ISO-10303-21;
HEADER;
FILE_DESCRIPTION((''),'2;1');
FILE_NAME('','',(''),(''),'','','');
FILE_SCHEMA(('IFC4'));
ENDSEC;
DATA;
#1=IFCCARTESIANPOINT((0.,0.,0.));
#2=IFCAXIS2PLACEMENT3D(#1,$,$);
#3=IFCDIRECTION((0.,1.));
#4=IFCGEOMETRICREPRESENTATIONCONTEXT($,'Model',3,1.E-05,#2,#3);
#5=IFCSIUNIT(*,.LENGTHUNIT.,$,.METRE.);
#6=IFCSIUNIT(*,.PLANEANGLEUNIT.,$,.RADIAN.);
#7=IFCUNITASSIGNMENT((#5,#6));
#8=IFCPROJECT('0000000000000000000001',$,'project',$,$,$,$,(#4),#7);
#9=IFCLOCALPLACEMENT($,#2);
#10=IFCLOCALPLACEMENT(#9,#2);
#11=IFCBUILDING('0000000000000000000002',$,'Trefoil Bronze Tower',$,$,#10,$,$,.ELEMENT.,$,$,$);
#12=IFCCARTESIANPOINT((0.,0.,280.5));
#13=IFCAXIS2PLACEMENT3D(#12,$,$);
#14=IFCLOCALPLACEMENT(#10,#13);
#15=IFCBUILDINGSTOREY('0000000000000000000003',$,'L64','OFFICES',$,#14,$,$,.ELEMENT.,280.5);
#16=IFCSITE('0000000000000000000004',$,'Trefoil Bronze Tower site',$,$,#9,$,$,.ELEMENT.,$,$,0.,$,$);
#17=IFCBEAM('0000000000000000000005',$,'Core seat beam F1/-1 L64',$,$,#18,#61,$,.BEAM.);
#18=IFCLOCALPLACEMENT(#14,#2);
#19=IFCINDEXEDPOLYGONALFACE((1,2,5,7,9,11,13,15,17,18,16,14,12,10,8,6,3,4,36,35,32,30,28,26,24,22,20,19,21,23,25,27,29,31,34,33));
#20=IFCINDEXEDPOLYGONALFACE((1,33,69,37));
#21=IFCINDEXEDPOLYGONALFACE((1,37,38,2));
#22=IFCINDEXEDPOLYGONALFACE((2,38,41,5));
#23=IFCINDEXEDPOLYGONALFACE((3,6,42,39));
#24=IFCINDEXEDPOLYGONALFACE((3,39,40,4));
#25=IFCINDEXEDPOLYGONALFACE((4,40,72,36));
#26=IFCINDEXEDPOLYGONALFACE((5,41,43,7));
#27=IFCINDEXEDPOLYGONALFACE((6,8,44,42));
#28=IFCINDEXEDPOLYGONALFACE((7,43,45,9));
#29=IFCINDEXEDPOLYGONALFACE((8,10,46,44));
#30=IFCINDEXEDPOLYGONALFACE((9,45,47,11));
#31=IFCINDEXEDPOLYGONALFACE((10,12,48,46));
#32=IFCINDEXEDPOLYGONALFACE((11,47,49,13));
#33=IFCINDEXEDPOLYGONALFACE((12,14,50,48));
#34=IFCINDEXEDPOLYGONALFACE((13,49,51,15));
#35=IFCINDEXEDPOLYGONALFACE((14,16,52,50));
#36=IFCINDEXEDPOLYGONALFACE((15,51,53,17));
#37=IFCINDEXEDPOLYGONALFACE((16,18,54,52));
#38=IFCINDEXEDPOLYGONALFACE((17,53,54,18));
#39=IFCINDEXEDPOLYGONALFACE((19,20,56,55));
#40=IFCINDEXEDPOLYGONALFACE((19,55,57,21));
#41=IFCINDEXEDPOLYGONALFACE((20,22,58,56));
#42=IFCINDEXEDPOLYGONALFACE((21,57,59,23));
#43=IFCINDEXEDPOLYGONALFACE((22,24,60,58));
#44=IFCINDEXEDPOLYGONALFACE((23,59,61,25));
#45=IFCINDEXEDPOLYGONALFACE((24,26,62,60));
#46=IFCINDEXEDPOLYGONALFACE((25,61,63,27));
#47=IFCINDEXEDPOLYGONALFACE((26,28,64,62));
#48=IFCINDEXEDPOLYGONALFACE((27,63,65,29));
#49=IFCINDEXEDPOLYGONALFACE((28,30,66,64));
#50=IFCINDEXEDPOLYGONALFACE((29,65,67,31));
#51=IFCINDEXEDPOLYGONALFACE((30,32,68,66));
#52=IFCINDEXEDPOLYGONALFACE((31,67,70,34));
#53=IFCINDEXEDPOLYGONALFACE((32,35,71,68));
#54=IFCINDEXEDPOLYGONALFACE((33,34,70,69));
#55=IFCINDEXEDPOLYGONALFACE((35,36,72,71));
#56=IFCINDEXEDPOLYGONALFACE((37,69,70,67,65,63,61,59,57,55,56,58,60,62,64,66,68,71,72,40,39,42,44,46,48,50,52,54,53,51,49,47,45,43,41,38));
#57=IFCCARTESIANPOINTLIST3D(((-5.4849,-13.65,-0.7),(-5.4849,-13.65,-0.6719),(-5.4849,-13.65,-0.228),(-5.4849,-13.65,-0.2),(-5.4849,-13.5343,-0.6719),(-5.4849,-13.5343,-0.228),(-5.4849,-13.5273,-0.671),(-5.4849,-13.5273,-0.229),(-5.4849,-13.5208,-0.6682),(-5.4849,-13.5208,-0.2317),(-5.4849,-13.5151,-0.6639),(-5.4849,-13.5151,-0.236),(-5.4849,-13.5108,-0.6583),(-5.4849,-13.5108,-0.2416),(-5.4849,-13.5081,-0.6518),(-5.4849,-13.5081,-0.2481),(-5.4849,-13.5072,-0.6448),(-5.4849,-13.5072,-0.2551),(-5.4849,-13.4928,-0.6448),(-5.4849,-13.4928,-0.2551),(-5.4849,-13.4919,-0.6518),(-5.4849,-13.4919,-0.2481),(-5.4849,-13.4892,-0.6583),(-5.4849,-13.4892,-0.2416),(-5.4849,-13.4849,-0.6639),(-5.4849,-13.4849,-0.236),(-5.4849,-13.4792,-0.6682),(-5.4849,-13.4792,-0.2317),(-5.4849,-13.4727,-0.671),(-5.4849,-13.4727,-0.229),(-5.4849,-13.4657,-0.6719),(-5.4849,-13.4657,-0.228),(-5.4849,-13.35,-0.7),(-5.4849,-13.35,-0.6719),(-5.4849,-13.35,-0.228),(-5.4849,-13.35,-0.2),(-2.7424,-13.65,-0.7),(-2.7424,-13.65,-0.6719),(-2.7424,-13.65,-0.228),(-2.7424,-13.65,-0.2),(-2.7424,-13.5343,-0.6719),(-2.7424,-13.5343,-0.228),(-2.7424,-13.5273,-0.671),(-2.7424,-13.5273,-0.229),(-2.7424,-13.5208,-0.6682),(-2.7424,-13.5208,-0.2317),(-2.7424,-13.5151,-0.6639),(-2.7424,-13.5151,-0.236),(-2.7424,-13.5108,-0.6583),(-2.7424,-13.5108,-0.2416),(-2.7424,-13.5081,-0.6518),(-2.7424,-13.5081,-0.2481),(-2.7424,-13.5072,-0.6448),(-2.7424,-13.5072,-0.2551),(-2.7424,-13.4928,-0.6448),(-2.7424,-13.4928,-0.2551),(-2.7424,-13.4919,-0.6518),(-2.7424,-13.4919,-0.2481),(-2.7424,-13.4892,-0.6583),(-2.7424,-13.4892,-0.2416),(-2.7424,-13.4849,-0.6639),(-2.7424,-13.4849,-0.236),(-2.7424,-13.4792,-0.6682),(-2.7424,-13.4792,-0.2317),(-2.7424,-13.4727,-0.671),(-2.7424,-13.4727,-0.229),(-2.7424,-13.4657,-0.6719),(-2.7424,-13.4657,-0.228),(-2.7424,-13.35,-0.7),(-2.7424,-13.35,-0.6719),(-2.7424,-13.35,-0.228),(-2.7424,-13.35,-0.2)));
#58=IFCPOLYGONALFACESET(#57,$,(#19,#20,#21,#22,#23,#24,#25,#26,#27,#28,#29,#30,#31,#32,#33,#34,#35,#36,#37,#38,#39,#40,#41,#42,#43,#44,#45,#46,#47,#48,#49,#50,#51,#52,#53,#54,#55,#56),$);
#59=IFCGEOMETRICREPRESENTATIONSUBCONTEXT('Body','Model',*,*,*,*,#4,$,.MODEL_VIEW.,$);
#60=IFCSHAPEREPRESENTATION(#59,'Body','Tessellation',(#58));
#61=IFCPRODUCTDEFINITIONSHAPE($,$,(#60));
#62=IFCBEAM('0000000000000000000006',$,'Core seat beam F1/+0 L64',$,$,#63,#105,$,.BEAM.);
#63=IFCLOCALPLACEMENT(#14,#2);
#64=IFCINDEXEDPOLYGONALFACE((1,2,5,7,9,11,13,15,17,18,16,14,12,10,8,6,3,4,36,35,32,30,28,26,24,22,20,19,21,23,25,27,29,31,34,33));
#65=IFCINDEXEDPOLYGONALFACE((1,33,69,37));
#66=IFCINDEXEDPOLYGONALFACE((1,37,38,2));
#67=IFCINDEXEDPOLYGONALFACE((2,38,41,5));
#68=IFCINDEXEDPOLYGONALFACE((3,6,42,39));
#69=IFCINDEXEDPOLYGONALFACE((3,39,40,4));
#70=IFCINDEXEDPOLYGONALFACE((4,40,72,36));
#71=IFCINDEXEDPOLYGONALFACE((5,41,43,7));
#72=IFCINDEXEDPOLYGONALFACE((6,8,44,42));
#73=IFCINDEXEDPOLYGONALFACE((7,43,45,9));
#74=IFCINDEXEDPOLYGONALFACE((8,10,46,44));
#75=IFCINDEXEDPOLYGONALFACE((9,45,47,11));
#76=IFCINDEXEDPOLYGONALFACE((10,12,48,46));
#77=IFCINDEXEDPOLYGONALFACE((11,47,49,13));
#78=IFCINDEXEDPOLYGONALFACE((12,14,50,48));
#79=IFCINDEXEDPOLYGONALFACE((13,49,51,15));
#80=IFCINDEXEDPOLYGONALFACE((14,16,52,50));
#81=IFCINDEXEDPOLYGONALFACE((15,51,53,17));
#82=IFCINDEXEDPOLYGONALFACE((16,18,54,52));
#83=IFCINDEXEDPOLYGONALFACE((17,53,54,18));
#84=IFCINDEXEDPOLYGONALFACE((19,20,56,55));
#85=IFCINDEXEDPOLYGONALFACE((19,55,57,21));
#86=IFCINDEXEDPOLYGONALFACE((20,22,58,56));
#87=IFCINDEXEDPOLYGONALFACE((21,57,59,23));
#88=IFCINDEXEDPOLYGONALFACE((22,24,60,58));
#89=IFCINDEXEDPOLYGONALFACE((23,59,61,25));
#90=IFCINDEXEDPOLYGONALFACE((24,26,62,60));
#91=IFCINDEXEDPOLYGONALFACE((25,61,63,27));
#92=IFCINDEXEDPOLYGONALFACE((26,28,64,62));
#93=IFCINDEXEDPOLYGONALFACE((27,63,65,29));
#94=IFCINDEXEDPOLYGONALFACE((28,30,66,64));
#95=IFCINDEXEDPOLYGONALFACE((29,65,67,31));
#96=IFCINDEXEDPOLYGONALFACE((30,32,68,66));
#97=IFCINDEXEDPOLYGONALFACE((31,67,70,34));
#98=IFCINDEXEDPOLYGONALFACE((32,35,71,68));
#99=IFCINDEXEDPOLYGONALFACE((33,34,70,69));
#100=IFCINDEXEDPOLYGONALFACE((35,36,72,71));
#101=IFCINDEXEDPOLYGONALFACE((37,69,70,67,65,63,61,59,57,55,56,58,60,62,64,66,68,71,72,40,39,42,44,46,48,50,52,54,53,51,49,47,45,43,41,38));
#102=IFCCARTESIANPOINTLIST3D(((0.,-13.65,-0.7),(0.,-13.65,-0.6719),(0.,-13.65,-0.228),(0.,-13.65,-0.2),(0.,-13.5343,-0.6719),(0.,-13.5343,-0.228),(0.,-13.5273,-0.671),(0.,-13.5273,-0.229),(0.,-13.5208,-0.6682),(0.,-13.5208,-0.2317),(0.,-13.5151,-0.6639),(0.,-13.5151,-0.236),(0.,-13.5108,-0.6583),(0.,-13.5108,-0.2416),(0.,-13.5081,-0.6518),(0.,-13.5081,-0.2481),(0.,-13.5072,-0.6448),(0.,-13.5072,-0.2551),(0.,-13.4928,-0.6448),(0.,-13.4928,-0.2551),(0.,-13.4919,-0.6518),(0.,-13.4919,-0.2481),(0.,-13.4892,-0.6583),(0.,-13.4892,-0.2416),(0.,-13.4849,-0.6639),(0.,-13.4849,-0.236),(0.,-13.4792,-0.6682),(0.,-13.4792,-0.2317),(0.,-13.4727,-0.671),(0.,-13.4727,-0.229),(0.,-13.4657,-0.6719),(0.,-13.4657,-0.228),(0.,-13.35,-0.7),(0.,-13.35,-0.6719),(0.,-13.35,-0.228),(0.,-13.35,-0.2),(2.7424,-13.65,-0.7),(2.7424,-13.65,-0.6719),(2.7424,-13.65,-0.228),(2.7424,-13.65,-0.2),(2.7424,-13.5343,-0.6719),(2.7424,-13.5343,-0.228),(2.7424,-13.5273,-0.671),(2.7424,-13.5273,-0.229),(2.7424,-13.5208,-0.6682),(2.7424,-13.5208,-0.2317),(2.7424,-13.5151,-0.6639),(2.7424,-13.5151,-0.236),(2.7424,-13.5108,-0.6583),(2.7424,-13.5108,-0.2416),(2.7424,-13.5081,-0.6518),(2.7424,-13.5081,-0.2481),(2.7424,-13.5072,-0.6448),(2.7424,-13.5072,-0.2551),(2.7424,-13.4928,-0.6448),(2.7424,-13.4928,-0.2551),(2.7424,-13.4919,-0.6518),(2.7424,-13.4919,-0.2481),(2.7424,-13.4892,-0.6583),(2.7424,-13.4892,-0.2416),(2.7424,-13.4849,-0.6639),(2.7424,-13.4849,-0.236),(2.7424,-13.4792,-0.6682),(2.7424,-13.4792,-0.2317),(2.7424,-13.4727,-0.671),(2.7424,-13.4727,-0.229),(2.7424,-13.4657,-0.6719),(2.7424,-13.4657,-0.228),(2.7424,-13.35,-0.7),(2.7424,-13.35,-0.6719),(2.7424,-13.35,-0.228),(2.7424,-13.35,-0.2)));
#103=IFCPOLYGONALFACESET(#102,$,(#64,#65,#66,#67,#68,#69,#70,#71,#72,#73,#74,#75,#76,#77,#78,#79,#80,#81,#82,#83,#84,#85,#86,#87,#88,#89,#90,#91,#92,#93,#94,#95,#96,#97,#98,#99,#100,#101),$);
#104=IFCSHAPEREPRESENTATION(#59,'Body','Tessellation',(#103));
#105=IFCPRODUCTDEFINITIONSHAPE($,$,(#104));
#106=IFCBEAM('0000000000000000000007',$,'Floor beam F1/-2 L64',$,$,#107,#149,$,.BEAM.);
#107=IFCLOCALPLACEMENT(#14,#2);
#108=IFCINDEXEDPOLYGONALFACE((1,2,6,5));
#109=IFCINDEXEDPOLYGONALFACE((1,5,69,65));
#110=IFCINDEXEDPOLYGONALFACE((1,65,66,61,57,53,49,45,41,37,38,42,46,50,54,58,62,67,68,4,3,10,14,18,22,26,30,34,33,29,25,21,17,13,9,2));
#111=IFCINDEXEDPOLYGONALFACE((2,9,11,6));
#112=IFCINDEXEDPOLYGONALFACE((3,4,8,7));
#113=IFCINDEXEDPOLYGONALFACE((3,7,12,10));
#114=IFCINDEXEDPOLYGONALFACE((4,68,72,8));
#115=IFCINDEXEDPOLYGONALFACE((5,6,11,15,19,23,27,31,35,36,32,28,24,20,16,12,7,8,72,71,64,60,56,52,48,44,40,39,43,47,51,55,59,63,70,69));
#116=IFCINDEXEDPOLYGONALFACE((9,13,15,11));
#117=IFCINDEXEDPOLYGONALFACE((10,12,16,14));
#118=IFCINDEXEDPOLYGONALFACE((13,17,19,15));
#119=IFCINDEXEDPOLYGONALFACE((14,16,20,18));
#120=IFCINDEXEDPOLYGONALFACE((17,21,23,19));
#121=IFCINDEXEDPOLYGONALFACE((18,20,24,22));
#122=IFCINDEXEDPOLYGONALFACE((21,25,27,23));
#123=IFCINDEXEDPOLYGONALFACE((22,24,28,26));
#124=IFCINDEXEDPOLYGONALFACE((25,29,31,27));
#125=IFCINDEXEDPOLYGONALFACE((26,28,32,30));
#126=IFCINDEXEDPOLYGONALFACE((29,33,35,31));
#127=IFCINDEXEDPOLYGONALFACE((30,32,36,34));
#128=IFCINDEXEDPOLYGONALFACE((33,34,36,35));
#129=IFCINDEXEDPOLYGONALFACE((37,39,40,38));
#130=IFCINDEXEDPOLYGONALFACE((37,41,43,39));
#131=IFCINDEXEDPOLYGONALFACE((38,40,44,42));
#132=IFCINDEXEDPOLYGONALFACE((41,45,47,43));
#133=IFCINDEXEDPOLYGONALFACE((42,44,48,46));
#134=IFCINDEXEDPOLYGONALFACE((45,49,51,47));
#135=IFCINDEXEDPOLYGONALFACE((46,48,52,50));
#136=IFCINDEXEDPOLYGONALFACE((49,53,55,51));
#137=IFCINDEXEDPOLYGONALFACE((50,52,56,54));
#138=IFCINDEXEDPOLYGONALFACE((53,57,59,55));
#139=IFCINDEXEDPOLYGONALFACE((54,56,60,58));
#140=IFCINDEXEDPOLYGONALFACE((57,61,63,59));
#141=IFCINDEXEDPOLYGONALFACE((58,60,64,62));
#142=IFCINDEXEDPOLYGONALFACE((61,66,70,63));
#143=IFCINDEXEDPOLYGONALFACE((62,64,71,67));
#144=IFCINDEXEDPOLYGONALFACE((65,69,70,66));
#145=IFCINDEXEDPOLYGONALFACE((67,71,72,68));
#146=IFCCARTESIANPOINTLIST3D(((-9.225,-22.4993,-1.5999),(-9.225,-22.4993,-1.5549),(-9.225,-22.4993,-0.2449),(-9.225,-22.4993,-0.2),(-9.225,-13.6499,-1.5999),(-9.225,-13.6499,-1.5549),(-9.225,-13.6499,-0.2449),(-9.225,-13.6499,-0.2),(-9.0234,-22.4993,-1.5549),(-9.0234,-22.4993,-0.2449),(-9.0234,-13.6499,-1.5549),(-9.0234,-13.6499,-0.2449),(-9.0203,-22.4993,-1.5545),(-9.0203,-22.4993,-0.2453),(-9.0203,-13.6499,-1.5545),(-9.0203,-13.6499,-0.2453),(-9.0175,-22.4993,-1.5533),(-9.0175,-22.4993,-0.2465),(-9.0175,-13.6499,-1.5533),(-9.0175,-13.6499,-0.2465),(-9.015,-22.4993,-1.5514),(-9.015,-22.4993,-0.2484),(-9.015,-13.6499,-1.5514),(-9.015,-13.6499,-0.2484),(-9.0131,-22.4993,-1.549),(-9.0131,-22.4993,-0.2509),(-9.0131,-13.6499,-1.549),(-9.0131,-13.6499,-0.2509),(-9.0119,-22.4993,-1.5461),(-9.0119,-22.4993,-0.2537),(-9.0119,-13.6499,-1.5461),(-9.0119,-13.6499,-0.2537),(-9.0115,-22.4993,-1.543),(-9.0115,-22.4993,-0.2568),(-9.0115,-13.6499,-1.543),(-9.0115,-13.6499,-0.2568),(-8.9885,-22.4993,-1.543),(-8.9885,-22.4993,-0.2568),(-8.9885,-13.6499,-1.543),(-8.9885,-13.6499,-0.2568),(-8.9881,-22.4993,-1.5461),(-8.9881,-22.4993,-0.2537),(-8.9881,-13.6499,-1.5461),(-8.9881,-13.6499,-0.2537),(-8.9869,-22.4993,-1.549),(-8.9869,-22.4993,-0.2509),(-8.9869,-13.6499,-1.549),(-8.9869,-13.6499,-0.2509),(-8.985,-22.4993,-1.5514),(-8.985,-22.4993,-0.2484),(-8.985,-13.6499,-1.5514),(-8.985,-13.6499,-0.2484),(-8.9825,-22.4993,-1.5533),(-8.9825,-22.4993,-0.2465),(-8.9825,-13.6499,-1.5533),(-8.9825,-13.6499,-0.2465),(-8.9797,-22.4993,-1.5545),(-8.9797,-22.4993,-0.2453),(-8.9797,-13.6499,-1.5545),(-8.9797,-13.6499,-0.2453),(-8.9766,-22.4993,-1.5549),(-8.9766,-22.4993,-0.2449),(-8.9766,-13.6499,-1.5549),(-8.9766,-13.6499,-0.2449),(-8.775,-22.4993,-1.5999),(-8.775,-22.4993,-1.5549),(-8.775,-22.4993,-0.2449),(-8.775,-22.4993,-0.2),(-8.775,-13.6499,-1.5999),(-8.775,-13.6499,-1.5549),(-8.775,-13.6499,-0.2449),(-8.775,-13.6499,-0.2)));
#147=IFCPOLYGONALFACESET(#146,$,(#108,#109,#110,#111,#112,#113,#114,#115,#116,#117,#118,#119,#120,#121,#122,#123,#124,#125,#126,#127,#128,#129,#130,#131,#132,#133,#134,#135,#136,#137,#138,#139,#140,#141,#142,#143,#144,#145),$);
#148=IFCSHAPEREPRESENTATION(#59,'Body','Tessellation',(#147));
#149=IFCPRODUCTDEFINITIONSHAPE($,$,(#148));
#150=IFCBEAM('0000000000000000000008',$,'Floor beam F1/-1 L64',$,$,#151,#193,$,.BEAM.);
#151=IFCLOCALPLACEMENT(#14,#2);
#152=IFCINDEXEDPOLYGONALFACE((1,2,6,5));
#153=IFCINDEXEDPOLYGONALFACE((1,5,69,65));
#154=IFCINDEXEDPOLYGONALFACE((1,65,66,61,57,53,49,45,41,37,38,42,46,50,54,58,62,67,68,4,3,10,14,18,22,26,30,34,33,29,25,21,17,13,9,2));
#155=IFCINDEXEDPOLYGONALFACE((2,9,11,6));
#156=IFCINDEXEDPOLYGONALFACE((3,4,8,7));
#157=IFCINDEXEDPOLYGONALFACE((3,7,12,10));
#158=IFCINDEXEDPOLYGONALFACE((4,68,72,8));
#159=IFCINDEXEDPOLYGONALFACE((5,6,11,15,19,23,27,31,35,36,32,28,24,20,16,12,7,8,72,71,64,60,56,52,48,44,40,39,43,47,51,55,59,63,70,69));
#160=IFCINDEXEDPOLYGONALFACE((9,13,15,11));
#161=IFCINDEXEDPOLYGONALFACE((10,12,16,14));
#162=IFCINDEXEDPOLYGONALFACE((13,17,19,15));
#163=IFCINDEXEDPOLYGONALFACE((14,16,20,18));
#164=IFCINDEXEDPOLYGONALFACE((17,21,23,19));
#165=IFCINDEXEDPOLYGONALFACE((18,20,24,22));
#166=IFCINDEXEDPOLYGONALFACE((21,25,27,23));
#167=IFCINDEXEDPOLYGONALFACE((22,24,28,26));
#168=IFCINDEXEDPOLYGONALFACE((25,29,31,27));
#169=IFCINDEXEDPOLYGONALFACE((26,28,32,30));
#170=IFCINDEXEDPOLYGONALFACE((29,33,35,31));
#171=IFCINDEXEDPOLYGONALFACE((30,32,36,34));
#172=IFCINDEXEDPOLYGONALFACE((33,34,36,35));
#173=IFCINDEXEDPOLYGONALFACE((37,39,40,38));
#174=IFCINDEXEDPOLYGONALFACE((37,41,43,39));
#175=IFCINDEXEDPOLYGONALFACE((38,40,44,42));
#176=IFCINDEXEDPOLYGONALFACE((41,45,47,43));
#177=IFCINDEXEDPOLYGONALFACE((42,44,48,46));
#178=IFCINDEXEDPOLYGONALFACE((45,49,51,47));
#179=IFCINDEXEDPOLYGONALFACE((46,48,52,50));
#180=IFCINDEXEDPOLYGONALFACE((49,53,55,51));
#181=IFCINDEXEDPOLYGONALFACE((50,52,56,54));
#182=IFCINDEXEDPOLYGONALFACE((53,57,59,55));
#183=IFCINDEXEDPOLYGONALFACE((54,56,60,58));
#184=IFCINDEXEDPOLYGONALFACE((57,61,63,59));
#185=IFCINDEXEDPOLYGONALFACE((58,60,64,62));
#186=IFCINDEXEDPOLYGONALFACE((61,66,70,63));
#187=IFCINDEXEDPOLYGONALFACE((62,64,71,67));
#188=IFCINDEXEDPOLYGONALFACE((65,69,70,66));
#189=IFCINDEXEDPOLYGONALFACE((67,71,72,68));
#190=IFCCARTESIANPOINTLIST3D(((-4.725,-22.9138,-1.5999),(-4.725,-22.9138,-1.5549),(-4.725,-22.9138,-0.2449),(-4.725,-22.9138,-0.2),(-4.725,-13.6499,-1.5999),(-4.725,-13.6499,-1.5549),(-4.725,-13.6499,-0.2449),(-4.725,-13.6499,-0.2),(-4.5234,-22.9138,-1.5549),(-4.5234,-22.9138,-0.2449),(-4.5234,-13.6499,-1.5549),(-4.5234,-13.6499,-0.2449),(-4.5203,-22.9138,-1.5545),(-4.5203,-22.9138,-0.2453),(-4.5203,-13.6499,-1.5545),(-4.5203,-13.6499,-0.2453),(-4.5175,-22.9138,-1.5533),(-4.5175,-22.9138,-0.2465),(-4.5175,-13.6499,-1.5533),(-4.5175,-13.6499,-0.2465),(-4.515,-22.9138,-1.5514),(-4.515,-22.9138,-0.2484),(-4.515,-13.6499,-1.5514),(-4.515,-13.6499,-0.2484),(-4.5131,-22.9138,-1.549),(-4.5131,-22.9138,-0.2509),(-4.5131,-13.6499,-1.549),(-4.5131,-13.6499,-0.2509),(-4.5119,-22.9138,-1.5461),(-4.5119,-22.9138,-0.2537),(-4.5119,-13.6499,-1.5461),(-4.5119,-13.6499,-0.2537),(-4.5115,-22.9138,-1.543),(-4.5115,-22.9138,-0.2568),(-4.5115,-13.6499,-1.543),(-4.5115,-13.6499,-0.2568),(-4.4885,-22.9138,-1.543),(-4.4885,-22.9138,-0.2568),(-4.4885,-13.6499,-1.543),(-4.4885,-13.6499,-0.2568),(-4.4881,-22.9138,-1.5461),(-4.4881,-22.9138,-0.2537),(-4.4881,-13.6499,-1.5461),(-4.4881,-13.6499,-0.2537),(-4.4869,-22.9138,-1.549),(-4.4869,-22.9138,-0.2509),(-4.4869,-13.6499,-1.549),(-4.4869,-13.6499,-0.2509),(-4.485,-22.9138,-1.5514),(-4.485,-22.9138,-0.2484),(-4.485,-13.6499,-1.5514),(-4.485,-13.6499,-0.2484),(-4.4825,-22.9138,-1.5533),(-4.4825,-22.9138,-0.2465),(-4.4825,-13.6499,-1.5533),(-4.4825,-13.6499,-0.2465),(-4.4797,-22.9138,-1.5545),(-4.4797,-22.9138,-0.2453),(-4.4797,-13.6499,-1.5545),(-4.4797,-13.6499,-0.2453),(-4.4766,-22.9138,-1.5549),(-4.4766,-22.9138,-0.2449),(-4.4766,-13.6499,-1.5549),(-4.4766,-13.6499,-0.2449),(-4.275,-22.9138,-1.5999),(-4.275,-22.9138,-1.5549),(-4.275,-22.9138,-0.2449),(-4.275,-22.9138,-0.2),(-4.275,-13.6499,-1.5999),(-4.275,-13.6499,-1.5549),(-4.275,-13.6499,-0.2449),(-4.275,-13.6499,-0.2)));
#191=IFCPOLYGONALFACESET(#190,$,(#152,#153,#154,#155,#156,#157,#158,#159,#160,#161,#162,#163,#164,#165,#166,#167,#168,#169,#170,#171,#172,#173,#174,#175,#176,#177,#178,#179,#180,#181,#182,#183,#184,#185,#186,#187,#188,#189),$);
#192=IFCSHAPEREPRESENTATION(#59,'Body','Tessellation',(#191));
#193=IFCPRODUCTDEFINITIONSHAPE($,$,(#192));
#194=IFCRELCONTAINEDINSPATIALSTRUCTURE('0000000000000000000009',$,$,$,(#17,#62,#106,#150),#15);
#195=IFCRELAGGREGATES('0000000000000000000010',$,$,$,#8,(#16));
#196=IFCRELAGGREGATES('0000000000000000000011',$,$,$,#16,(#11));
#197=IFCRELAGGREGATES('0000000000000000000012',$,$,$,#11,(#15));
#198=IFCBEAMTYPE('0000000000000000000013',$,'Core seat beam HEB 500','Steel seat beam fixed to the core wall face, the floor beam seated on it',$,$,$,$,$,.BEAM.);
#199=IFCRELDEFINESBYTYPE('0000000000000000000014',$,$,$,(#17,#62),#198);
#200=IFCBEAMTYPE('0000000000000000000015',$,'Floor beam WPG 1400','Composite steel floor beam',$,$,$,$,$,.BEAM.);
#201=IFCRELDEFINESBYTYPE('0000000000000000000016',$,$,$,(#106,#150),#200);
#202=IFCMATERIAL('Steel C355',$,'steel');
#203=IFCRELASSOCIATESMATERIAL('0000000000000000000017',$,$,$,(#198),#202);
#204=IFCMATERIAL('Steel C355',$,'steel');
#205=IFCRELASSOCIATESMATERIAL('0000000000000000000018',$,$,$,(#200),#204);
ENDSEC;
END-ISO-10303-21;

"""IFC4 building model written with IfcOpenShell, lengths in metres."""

from ifc_helpers import new_model, si_unit, direction, frame, origin, origin_2d, place, context, subcontext, project, spatial, i_section, extrude, material, material_profile, profile_set, type_object, element, save


model = new_model("IFC4")

# Units and contexts
model_context = context("Model", 3, precision=1e-05, world=origin(), true_north=direction((0.0, 1.0)))
body_context = subcontext(model_context, "Body", "Model", "MODEL_VIEW")
ifc_project = project(units=[si_unit("LENGTHUNIT", "METRE"), si_unit("PLANEANGLEUNIT", "RADIAN")], contexts=[model_context])

# Site, building, storey
site_placement = place(None, origin())
site = spatial("IfcSite", under=ifc_project, at=site_placement, Name="Trefoil Bronze Tower site", CompositionType="ELEMENT", RefElevation=0.0)
building_placement = place(site_placement, origin())
building = spatial("IfcBuilding", under=site, at=building_placement, Name="Trefoil Bronze Tower", CompositionType="ELEMENT")
storey_placement = place(building_placement, frame((0.0, 0.0, 280.5)))
storey = spatial("IfcBuildingStorey", under=building, at=storey_placement, Name="L64", Description="OFFICES", CompositionType="ELEMENT", Elevation=280.5)

# Beams
ifc_material_1 = material(Name="Steel C355", Category="steel")
ifc_material_profile_1 = material_profile(ifc_material_1, i_section(OverallWidth=0.3, OverallDepth=0.5, WebThickness=0.0144, FlangeThickness=0.0281, FilletRadius=0.0271, at=origin_2d()), Name="HEB 500")
ifc_profile_set_1 = profile_set([ifc_material_profile_1], Name="Steel C355")
beam_type_1 = type_object("IfcBeamType", Name="Core seat beam HEB 500", Description="Steel seat beam fixed to the core wall face, the floor beam seated on it", PredefinedType="BEAM", material=ifc_profile_set_1)
for number, where, z_axis, x_axis, name in (
    (1, (-5.4849, -13.5, -0.45), (1.0, 0.0, 0.0), (0.0, 1.0, 0.0), "Core seat beam F1/-1 L64"),
    (2, (0.0, -13.5, -0.45), (1.0, 0.0, 0.0), (0.0, 1.0, 0.0), "Core seat beam F1/+0 L64"),
):
    element("IfcBeam", number, at=place(storey_placement, frame(where, z_axis=z_axis, x_axis=x_axis)), inside=storey, type_object=beam_type_1, Name=name, PredefinedType="BEAM", context=body_context, shape_type="SweptSolid", body=[
        extrude(i_section(OverallWidth=0.3, OverallDepth=0.5, WebThickness=0.0144, FlangeThickness=0.0281, FilletRadius=0.0271, at=origin_2d()), origin(), (0.0, 0.0, 1.0), 2.7424),
    ])
ifc_material_2 = material(Name="Steel C355", Category="steel")
ifc_material_profile_2 = material_profile(ifc_material_2, i_section(OverallWidth=0.45, OverallDepth=1.3999, WebThickness=0.0229, FlangeThickness=0.0449, FilletRadius=0.012, at=origin_2d()), Name="WPG 1400")
ifc_profile_set_2 = profile_set([ifc_material_profile_2], Name="Steel C355")
beam_type_2 = type_object("IfcBeamType", Name="Floor beam WPG 1400", Description="Composite steel floor beam", PredefinedType="BEAM", material=ifc_profile_set_2)
beam_1_placement = place(storey_placement, frame((-9.0, -22.4993, -0.8999), z_axis=(0.0, 1.0, 0.0), x_axis=(-1.0, 0.0, 0.0)))
element("IfcBeam", 3, at=beam_1_placement, inside=storey, type_object=beam_type_2, Name="Floor beam F1/-2 L64", PredefinedType="BEAM", context=body_context, shape_type="SweptSolid", body=[
    extrude(i_section(OverallWidth=0.45, OverallDepth=1.3999, WebThickness=0.0229, FlangeThickness=0.0449, FilletRadius=0.012, at=origin_2d()), origin(), (0.0, 0.0, 1.0), 8.8494),
])
beam_2_placement = place(storey_placement, frame((-4.5, -22.9138, -0.8999), z_axis=(0.0, 1.0, 0.0), x_axis=(-1.0, 0.0, 0.0)))
element("IfcBeam", 4, at=beam_2_placement, inside=storey, type_object=beam_type_2, Name="Floor beam F1/-1 L64", PredefinedType="BEAM", context=body_context, shape_type="SweptSolid", body=[
    extrude(i_section(OverallWidth=0.45, OverallDepth=1.3999, WebThickness=0.0229, FlangeThickness=0.0449, FilletRadius=0.012, at=origin_2d()), origin(), (0.0, 0.0, 1.0), 9.2639),
])

save(model, "model.ifc")
